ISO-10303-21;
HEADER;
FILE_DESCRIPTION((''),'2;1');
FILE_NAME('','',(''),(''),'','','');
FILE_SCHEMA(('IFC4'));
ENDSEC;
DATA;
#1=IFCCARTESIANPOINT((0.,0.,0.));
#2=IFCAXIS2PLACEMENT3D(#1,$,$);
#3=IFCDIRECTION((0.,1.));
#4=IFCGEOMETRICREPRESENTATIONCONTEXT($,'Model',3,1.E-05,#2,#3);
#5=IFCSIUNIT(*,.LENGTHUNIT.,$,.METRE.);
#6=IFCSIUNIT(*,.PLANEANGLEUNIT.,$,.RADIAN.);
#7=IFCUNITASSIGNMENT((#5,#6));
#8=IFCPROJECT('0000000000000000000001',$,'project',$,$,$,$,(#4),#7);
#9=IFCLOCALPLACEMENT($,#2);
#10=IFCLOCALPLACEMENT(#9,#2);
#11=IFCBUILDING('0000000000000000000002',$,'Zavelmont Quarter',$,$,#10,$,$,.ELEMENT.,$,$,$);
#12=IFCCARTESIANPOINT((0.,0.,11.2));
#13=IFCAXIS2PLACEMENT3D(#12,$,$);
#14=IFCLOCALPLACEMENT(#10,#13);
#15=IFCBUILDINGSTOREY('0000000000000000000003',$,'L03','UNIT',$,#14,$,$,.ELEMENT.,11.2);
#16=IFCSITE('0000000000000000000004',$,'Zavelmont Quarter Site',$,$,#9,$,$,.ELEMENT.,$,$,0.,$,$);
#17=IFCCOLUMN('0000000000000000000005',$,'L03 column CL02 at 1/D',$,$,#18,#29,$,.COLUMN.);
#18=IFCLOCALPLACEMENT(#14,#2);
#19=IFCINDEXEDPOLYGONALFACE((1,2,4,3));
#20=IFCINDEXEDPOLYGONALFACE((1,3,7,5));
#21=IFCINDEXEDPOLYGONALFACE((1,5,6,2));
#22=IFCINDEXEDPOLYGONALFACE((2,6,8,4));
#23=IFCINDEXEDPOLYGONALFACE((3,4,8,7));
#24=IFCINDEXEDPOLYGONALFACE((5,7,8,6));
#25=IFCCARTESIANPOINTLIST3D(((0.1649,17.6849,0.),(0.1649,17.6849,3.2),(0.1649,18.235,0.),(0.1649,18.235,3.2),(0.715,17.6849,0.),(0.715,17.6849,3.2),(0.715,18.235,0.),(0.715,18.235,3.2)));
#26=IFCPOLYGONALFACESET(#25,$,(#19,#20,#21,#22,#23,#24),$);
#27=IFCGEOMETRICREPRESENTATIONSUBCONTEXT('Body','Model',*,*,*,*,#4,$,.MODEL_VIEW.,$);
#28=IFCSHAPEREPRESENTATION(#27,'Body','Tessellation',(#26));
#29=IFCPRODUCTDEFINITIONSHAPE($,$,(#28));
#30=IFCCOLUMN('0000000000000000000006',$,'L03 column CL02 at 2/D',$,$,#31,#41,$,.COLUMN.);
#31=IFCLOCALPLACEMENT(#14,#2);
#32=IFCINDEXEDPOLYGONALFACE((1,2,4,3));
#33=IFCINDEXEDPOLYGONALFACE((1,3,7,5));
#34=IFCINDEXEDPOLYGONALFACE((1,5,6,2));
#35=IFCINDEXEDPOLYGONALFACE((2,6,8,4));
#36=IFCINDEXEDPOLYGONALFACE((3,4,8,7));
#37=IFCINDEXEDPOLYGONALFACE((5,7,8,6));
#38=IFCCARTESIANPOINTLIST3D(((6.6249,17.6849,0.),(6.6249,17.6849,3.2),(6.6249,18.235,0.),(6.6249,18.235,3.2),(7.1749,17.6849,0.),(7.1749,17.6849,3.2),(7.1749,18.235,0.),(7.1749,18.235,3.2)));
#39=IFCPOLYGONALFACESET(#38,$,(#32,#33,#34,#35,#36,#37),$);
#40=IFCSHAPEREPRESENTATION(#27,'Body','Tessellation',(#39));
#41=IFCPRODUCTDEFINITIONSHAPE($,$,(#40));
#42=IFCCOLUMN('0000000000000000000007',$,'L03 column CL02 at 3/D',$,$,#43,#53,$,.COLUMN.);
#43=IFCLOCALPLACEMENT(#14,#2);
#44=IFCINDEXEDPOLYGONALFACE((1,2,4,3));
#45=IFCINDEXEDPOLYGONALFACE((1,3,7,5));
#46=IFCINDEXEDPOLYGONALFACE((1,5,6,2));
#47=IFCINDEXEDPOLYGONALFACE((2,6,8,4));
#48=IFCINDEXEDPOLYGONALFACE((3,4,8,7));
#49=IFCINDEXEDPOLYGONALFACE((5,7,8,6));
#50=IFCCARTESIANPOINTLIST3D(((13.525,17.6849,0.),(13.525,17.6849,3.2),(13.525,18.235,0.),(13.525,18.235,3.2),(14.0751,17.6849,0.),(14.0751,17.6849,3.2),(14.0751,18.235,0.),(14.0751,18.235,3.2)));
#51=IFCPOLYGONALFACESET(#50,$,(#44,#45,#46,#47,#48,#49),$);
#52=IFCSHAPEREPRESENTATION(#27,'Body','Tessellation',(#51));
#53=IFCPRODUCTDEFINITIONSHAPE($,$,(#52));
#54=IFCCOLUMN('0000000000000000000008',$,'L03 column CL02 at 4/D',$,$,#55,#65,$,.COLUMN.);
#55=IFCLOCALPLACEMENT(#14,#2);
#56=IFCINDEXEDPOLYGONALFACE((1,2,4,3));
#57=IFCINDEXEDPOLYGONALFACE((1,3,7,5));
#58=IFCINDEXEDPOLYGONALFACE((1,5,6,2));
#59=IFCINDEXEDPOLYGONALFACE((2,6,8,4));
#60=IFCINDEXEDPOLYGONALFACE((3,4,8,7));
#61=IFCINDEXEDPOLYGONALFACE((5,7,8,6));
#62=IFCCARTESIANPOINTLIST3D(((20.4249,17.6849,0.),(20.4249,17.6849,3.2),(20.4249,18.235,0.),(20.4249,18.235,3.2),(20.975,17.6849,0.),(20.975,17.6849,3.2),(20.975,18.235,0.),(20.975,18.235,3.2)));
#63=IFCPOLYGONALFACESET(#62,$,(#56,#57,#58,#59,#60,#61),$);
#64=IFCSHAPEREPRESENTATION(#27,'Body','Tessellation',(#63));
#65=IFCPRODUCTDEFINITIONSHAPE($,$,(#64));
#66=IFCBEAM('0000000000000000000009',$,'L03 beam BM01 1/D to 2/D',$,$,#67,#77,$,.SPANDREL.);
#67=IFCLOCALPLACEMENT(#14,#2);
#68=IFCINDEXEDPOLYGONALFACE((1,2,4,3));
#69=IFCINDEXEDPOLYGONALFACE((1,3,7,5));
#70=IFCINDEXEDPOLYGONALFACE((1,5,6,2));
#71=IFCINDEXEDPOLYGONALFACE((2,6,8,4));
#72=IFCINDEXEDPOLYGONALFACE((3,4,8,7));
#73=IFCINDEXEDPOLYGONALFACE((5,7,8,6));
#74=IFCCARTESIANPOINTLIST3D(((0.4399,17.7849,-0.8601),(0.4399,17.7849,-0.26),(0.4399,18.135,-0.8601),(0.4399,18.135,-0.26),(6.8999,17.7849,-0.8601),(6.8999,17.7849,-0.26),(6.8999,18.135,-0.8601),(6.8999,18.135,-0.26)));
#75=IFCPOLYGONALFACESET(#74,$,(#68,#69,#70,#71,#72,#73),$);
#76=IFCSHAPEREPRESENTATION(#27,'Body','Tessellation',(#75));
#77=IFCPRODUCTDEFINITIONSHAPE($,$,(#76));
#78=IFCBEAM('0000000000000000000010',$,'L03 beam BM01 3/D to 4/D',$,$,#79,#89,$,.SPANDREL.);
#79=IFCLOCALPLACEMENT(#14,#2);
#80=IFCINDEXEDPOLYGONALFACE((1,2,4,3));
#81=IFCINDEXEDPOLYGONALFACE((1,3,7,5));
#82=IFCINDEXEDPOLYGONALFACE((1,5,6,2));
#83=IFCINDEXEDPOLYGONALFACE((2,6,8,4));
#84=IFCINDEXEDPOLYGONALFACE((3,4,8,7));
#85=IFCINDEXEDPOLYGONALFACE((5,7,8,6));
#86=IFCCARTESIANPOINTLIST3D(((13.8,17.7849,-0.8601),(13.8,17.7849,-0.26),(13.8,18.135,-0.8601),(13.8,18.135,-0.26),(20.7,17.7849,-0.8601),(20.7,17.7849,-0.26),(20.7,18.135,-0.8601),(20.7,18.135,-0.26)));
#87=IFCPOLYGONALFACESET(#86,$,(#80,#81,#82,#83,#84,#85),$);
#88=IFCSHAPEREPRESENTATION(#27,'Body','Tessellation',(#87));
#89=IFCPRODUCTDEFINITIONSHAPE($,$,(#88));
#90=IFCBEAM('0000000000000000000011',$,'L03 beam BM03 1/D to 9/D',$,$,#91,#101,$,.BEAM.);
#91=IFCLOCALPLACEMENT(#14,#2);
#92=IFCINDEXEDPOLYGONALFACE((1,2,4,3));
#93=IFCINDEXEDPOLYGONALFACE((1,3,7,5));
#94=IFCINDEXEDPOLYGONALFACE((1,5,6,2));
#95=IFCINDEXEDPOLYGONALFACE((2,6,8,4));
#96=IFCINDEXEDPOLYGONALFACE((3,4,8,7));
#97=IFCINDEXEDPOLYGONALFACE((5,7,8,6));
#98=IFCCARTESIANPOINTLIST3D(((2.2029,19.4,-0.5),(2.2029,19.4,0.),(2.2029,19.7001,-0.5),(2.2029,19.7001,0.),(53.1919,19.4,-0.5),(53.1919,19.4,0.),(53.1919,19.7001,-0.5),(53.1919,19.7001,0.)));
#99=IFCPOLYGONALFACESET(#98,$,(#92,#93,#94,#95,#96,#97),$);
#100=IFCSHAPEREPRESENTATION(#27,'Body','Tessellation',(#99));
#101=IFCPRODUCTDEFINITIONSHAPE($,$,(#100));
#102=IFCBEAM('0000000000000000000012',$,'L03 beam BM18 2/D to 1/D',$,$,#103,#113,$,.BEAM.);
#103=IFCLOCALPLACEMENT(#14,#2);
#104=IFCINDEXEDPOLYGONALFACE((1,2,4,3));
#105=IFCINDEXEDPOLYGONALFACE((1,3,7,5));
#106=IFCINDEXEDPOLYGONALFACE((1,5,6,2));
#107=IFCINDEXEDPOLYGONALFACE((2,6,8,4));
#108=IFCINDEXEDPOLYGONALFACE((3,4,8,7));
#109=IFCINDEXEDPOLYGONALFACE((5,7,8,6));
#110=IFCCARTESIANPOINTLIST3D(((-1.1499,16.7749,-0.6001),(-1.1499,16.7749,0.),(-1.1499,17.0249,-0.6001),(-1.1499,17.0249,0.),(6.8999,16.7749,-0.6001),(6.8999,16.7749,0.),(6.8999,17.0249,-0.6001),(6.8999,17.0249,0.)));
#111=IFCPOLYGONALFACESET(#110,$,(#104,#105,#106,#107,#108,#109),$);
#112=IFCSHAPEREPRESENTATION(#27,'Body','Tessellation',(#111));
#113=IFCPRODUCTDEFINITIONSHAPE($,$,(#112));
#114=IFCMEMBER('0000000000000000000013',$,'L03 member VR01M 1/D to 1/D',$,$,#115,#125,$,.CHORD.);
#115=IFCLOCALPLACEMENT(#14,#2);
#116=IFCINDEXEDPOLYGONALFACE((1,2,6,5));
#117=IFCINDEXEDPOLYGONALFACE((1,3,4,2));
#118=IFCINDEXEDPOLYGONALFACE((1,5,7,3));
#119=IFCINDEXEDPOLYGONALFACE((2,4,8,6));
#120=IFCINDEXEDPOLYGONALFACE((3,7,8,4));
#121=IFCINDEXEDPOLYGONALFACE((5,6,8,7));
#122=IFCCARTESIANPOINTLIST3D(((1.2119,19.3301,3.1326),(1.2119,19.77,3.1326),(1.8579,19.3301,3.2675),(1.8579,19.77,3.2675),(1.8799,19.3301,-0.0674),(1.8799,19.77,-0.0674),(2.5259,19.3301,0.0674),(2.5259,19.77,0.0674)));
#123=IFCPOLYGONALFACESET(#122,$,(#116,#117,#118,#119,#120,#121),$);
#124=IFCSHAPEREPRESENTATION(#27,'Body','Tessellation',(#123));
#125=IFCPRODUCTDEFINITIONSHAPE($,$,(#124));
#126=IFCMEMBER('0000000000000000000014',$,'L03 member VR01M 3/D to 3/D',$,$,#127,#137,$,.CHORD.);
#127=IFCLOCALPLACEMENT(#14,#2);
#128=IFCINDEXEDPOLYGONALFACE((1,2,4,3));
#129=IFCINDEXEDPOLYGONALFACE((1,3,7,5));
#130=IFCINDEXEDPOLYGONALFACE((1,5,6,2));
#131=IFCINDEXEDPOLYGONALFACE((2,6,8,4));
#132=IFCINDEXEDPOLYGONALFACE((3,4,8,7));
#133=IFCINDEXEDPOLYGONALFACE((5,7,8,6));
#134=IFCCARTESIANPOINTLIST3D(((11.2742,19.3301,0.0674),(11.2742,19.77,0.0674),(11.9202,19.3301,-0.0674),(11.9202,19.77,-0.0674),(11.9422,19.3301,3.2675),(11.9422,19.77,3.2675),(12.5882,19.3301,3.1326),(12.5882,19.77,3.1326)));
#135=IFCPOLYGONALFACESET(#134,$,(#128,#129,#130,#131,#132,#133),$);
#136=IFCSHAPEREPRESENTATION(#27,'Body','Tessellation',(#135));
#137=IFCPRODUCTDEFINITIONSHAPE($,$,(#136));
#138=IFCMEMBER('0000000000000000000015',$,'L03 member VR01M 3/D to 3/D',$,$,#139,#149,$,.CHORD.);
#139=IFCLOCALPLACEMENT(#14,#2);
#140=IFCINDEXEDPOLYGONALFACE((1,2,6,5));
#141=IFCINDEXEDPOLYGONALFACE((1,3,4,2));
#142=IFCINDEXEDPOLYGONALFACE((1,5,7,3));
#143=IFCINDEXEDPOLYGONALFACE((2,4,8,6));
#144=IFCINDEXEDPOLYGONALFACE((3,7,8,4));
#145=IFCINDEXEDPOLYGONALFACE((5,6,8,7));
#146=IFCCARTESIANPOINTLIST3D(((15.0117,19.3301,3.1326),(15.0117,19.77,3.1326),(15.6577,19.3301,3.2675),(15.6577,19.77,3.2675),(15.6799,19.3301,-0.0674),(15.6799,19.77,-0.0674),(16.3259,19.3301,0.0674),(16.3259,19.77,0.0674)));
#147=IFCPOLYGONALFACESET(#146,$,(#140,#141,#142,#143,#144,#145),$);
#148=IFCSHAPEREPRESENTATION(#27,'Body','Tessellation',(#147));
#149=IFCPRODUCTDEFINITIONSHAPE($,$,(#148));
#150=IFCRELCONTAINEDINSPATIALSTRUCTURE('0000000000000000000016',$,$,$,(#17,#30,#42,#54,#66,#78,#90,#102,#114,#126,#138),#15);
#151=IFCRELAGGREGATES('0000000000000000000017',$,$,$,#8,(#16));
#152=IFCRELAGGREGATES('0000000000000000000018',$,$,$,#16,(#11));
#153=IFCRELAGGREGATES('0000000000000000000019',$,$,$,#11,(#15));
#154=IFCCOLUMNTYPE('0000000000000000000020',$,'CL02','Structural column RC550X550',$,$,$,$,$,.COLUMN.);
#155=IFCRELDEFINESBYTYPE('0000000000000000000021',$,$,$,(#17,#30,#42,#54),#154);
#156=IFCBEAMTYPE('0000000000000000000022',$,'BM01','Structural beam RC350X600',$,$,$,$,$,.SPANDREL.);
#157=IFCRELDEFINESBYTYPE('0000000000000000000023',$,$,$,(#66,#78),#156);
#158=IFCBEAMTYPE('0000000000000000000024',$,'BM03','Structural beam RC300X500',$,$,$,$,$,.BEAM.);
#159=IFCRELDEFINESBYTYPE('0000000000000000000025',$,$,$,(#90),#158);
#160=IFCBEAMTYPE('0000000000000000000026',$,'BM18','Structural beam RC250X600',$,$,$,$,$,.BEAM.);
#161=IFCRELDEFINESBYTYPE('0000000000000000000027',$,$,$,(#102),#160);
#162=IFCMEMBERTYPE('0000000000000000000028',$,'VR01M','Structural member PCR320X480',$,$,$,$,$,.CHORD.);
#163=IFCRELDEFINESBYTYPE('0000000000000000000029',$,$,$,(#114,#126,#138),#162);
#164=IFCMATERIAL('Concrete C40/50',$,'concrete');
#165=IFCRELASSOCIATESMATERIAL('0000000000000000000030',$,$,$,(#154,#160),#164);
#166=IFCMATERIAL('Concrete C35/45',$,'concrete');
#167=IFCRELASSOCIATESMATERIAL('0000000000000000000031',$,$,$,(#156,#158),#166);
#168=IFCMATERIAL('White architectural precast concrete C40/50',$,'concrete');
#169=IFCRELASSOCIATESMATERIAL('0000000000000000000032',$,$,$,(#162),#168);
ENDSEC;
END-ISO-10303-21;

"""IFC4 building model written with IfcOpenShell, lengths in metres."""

from ifc_helpers import new_model, si_unit, direction, frame, origin, origin_2d, place, context, subcontext, project, spatial, rectangle, extrude, material, material_profile, profile_set, type_object, element, save


model = new_model("IFC4")

# Units and contexts
model_context = context("Model", 3, precision=1e-05, world=origin(), true_north=direction((0.0, 1.0)))
body_context = subcontext(model_context, "Body", "Model", "MODEL_VIEW")
ifc_project = project(units=[si_unit("LENGTHUNIT", "METRE"), si_unit("PLANEANGLEUNIT", "RADIAN")], contexts=[model_context])

# Site, building, storey
site_placement = place(None, origin())
site = spatial("IfcSite", under=ifc_project, at=site_placement, Name="Zavelmont Quarter Site", CompositionType="ELEMENT", RefElevation=0.0)
building_placement = place(site_placement, origin())
building = spatial("IfcBuilding", under=site, at=building_placement, Name="Zavelmont Quarter", CompositionType="ELEMENT")
storey_placement = place(building_placement, frame((0.0, 0.0, 11.2)))
storey = spatial("IfcBuildingStorey", under=building, at=storey_placement, Name="L03", Description="UNIT", CompositionType="ELEMENT", Elevation=11.2)

# Columns
ifc_material_1 = material(Name="Concrete C40/50", Category="concrete")
ifc_material_profile_1 = material_profile(ifc_material_1, rectangle(XDim=0.55, YDim=0.55, at=origin_2d()), Name="RC550X550")
ifc_profile_set_1 = profile_set([ifc_material_profile_1], Name="Concrete C40/50")
column_type = type_object("IfcColumnType", Name="CL02", Description="Structural column RC550X550", PredefinedType="COLUMN", material=ifc_profile_set_1)
for number, where, z_axis, x_axis, name in (
    (1, (0.4399, 17.96, 0.0), (0.0, 0.0, 1.0), (1.0, 0.0, 0.0), "L03 column CL02 at 1/D"),
    (2, (6.8999, 17.96, 0.0), (0.0, 0.0, 1.0), (1.0, 0.0, 0.0), "L03 column CL02 at 2/D"),
    (3, (13.8, 17.96, 0.0), (0.0, 0.0, 1.0), (1.0, 0.0, 0.0), "L03 column CL02 at 3/D"),
    (4, (20.7, 17.96, 0.0), (0.0, 0.0, 1.0), (1.0, 0.0, 0.0), "L03 column CL02 at 4/D"),
):
    element("IfcColumn", number, at=place(storey_placement, frame(where, z_axis=z_axis, x_axis=x_axis)), inside=storey, type_object=column_type, Name=name, PredefinedType="COLUMN", context=body_context, shape_type="SweptSolid", body=[
        extrude(rectangle(XDim=0.55, YDim=0.55, at=origin_2d()), origin(), (0.0, 0.0, 1.0), 3.2),
    ])

# Beams
ifc_material_2 = material(Name="Concrete C35/45", Category="concrete")
ifc_material_profile_2 = material_profile(ifc_material_2, rectangle(XDim=0.3501, YDim=0.6001, at=origin_2d()), Name="RC350X600")
ifc_profile_set_2 = profile_set([ifc_material_profile_2], Name="Concrete C35/45")
beam_type_1 = type_object("IfcBeamType", Name="BM01", Description="Structural beam RC350X600", PredefinedType="SPANDREL", material=ifc_profile_set_2)
beam_1_placement = place(storey_placement, frame((0.4399, 17.96, -0.5601), z_axis=(1.0, 0.0, 0.0), x_axis=(0.0, 1.0, 0.0)))
element("IfcBeam", 5, at=beam_1_placement, inside=storey, type_object=beam_type_1, Name="L03 beam BM01 1/D to 2/D", PredefinedType="SPANDREL", context=body_context, shape_type="SweptSolid", body=[
    extrude(rectangle(XDim=0.3501, YDim=0.6001, at=origin_2d()), origin(), (0.0, 0.0, 1.0), 6.46),
])
beam_2_placement = place(storey_placement, frame((13.8, 17.96, -0.5601), z_axis=(1.0, 0.0, 0.0), x_axis=(0.0, 1.0, 0.0)))
element("IfcBeam", 6, at=beam_2_placement, inside=storey, type_object=beam_type_1, Name="L03 beam BM01 3/D to 4/D", PredefinedType="SPANDREL", context=body_context, shape_type="SweptSolid", body=[
    extrude(rectangle(XDim=0.3501, YDim=0.6001, at=origin_2d()), origin(), (0.0, 0.0, 1.0), 6.8999),
])
ifc_material_profile_3 = material_profile(ifc_material_2, rectangle(XDim=0.3, YDim=0.5, at=origin_2d()), Name="RC300X500")
ifc_profile_set_3 = profile_set([ifc_material_profile_3], Name="Concrete C35/45")
beam_type_2 = type_object("IfcBeamType", Name="BM03", Description="Structural beam RC300X500", PredefinedType="BEAM", material=ifc_profile_set_3)
beam_3_placement = place(storey_placement, frame((2.2029, 19.55, -0.25), z_axis=(1.0, 0.0, 0.0), x_axis=(0.0, 1.0, 0.0)))
element("IfcBeam", 7, at=beam_3_placement, inside=storey, type_object=beam_type_2, Name="L03 beam BM03 1/D to 9/D", PredefinedType="BEAM", context=body_context, shape_type="SweptSolid", body=[
    extrude(rectangle(XDim=0.3, YDim=0.5, at=origin_2d()), origin(), (0.0, 0.0, 1.0), 50.989),
])
ifc_material_profile_4 = material_profile(ifc_material_1, rectangle(XDim=0.25, YDim=0.6001, at=origin_2d()), Name="RC250X600")
ifc_profile_set_4 = profile_set([ifc_material_profile_4], Name="Concrete C40/50")
beam_type_3 = type_object("IfcBeamType", Name="BM18", Description="Structural beam RC250X600", PredefinedType="BEAM", material=ifc_profile_set_4)
beam_4_placement = place(storey_placement, frame((6.8999, 16.8999, -0.3), z_axis=(-1.0, 0.0, 0.0), x_axis=(0.0, -1.0, 0.0)))
element("IfcBeam", 8, at=beam_4_placement, inside=storey, type_object=beam_type_3, Name="L03 beam BM18 2/D to 1/D", PredefinedType="BEAM", context=body_context, shape_type="SweptSolid", body=[
    extrude(rectangle(XDim=0.25, YDim=0.6001, at=origin_2d()), origin(), (0.0, 0.0, 1.0), 8.0498),
])

# Members
ifc_material_3 = material(Name="White architectural precast concrete C40/50", Category="concrete")
ifc_material_profile_5 = material_profile(ifc_material_3, rectangle(XDim=0.4399, YDim=0.6599, at=origin_2d()), Name="PCR320X480")
ifc_profile_set_5 = profile_set([ifc_material_profile_5], Name="White architectural precast concrete C40/50")
member_type = type_object("IfcMemberType", Name="VR01M", Description="Structural member PCR320X480", PredefinedType="CHORD", material=ifc_profile_set_5)
for number, where, z_axis, x_axis, name in (
    (9, (2.2029, 19.55, 0.0), (-0.204339, 0.0, 0.9789), (0.0, -1.0, 0.0), "L03 member VR01M 1/D to 1/D"),
    (10, (11.5972, 19.55, 0.0), (0.204339, 0.0, 0.9789), (0.0, 1.0, 0.0), "L03 member VR01M 3/D to 3/D"),
    (11, (16.0029, 19.55, 0.0), (-0.204411, 0.0, 0.978885), (0.0, -1.0, 0.0), "L03 member VR01M 3/D to 3/D"),
):
    element("IfcMember", number, at=place(storey_placement, frame(where, z_axis=z_axis, x_axis=x_axis)), inside=storey, type_object=member_type, Name=name, PredefinedType="CHORD", context=body_context, shape_type="SweptSolid", body=[
        extrude(rectangle(XDim=0.4399, YDim=0.6599, at=origin_2d()), origin(), (0.0, 0.0, 1.0), 3.269),
    ])

save(model, "model.ifc")
